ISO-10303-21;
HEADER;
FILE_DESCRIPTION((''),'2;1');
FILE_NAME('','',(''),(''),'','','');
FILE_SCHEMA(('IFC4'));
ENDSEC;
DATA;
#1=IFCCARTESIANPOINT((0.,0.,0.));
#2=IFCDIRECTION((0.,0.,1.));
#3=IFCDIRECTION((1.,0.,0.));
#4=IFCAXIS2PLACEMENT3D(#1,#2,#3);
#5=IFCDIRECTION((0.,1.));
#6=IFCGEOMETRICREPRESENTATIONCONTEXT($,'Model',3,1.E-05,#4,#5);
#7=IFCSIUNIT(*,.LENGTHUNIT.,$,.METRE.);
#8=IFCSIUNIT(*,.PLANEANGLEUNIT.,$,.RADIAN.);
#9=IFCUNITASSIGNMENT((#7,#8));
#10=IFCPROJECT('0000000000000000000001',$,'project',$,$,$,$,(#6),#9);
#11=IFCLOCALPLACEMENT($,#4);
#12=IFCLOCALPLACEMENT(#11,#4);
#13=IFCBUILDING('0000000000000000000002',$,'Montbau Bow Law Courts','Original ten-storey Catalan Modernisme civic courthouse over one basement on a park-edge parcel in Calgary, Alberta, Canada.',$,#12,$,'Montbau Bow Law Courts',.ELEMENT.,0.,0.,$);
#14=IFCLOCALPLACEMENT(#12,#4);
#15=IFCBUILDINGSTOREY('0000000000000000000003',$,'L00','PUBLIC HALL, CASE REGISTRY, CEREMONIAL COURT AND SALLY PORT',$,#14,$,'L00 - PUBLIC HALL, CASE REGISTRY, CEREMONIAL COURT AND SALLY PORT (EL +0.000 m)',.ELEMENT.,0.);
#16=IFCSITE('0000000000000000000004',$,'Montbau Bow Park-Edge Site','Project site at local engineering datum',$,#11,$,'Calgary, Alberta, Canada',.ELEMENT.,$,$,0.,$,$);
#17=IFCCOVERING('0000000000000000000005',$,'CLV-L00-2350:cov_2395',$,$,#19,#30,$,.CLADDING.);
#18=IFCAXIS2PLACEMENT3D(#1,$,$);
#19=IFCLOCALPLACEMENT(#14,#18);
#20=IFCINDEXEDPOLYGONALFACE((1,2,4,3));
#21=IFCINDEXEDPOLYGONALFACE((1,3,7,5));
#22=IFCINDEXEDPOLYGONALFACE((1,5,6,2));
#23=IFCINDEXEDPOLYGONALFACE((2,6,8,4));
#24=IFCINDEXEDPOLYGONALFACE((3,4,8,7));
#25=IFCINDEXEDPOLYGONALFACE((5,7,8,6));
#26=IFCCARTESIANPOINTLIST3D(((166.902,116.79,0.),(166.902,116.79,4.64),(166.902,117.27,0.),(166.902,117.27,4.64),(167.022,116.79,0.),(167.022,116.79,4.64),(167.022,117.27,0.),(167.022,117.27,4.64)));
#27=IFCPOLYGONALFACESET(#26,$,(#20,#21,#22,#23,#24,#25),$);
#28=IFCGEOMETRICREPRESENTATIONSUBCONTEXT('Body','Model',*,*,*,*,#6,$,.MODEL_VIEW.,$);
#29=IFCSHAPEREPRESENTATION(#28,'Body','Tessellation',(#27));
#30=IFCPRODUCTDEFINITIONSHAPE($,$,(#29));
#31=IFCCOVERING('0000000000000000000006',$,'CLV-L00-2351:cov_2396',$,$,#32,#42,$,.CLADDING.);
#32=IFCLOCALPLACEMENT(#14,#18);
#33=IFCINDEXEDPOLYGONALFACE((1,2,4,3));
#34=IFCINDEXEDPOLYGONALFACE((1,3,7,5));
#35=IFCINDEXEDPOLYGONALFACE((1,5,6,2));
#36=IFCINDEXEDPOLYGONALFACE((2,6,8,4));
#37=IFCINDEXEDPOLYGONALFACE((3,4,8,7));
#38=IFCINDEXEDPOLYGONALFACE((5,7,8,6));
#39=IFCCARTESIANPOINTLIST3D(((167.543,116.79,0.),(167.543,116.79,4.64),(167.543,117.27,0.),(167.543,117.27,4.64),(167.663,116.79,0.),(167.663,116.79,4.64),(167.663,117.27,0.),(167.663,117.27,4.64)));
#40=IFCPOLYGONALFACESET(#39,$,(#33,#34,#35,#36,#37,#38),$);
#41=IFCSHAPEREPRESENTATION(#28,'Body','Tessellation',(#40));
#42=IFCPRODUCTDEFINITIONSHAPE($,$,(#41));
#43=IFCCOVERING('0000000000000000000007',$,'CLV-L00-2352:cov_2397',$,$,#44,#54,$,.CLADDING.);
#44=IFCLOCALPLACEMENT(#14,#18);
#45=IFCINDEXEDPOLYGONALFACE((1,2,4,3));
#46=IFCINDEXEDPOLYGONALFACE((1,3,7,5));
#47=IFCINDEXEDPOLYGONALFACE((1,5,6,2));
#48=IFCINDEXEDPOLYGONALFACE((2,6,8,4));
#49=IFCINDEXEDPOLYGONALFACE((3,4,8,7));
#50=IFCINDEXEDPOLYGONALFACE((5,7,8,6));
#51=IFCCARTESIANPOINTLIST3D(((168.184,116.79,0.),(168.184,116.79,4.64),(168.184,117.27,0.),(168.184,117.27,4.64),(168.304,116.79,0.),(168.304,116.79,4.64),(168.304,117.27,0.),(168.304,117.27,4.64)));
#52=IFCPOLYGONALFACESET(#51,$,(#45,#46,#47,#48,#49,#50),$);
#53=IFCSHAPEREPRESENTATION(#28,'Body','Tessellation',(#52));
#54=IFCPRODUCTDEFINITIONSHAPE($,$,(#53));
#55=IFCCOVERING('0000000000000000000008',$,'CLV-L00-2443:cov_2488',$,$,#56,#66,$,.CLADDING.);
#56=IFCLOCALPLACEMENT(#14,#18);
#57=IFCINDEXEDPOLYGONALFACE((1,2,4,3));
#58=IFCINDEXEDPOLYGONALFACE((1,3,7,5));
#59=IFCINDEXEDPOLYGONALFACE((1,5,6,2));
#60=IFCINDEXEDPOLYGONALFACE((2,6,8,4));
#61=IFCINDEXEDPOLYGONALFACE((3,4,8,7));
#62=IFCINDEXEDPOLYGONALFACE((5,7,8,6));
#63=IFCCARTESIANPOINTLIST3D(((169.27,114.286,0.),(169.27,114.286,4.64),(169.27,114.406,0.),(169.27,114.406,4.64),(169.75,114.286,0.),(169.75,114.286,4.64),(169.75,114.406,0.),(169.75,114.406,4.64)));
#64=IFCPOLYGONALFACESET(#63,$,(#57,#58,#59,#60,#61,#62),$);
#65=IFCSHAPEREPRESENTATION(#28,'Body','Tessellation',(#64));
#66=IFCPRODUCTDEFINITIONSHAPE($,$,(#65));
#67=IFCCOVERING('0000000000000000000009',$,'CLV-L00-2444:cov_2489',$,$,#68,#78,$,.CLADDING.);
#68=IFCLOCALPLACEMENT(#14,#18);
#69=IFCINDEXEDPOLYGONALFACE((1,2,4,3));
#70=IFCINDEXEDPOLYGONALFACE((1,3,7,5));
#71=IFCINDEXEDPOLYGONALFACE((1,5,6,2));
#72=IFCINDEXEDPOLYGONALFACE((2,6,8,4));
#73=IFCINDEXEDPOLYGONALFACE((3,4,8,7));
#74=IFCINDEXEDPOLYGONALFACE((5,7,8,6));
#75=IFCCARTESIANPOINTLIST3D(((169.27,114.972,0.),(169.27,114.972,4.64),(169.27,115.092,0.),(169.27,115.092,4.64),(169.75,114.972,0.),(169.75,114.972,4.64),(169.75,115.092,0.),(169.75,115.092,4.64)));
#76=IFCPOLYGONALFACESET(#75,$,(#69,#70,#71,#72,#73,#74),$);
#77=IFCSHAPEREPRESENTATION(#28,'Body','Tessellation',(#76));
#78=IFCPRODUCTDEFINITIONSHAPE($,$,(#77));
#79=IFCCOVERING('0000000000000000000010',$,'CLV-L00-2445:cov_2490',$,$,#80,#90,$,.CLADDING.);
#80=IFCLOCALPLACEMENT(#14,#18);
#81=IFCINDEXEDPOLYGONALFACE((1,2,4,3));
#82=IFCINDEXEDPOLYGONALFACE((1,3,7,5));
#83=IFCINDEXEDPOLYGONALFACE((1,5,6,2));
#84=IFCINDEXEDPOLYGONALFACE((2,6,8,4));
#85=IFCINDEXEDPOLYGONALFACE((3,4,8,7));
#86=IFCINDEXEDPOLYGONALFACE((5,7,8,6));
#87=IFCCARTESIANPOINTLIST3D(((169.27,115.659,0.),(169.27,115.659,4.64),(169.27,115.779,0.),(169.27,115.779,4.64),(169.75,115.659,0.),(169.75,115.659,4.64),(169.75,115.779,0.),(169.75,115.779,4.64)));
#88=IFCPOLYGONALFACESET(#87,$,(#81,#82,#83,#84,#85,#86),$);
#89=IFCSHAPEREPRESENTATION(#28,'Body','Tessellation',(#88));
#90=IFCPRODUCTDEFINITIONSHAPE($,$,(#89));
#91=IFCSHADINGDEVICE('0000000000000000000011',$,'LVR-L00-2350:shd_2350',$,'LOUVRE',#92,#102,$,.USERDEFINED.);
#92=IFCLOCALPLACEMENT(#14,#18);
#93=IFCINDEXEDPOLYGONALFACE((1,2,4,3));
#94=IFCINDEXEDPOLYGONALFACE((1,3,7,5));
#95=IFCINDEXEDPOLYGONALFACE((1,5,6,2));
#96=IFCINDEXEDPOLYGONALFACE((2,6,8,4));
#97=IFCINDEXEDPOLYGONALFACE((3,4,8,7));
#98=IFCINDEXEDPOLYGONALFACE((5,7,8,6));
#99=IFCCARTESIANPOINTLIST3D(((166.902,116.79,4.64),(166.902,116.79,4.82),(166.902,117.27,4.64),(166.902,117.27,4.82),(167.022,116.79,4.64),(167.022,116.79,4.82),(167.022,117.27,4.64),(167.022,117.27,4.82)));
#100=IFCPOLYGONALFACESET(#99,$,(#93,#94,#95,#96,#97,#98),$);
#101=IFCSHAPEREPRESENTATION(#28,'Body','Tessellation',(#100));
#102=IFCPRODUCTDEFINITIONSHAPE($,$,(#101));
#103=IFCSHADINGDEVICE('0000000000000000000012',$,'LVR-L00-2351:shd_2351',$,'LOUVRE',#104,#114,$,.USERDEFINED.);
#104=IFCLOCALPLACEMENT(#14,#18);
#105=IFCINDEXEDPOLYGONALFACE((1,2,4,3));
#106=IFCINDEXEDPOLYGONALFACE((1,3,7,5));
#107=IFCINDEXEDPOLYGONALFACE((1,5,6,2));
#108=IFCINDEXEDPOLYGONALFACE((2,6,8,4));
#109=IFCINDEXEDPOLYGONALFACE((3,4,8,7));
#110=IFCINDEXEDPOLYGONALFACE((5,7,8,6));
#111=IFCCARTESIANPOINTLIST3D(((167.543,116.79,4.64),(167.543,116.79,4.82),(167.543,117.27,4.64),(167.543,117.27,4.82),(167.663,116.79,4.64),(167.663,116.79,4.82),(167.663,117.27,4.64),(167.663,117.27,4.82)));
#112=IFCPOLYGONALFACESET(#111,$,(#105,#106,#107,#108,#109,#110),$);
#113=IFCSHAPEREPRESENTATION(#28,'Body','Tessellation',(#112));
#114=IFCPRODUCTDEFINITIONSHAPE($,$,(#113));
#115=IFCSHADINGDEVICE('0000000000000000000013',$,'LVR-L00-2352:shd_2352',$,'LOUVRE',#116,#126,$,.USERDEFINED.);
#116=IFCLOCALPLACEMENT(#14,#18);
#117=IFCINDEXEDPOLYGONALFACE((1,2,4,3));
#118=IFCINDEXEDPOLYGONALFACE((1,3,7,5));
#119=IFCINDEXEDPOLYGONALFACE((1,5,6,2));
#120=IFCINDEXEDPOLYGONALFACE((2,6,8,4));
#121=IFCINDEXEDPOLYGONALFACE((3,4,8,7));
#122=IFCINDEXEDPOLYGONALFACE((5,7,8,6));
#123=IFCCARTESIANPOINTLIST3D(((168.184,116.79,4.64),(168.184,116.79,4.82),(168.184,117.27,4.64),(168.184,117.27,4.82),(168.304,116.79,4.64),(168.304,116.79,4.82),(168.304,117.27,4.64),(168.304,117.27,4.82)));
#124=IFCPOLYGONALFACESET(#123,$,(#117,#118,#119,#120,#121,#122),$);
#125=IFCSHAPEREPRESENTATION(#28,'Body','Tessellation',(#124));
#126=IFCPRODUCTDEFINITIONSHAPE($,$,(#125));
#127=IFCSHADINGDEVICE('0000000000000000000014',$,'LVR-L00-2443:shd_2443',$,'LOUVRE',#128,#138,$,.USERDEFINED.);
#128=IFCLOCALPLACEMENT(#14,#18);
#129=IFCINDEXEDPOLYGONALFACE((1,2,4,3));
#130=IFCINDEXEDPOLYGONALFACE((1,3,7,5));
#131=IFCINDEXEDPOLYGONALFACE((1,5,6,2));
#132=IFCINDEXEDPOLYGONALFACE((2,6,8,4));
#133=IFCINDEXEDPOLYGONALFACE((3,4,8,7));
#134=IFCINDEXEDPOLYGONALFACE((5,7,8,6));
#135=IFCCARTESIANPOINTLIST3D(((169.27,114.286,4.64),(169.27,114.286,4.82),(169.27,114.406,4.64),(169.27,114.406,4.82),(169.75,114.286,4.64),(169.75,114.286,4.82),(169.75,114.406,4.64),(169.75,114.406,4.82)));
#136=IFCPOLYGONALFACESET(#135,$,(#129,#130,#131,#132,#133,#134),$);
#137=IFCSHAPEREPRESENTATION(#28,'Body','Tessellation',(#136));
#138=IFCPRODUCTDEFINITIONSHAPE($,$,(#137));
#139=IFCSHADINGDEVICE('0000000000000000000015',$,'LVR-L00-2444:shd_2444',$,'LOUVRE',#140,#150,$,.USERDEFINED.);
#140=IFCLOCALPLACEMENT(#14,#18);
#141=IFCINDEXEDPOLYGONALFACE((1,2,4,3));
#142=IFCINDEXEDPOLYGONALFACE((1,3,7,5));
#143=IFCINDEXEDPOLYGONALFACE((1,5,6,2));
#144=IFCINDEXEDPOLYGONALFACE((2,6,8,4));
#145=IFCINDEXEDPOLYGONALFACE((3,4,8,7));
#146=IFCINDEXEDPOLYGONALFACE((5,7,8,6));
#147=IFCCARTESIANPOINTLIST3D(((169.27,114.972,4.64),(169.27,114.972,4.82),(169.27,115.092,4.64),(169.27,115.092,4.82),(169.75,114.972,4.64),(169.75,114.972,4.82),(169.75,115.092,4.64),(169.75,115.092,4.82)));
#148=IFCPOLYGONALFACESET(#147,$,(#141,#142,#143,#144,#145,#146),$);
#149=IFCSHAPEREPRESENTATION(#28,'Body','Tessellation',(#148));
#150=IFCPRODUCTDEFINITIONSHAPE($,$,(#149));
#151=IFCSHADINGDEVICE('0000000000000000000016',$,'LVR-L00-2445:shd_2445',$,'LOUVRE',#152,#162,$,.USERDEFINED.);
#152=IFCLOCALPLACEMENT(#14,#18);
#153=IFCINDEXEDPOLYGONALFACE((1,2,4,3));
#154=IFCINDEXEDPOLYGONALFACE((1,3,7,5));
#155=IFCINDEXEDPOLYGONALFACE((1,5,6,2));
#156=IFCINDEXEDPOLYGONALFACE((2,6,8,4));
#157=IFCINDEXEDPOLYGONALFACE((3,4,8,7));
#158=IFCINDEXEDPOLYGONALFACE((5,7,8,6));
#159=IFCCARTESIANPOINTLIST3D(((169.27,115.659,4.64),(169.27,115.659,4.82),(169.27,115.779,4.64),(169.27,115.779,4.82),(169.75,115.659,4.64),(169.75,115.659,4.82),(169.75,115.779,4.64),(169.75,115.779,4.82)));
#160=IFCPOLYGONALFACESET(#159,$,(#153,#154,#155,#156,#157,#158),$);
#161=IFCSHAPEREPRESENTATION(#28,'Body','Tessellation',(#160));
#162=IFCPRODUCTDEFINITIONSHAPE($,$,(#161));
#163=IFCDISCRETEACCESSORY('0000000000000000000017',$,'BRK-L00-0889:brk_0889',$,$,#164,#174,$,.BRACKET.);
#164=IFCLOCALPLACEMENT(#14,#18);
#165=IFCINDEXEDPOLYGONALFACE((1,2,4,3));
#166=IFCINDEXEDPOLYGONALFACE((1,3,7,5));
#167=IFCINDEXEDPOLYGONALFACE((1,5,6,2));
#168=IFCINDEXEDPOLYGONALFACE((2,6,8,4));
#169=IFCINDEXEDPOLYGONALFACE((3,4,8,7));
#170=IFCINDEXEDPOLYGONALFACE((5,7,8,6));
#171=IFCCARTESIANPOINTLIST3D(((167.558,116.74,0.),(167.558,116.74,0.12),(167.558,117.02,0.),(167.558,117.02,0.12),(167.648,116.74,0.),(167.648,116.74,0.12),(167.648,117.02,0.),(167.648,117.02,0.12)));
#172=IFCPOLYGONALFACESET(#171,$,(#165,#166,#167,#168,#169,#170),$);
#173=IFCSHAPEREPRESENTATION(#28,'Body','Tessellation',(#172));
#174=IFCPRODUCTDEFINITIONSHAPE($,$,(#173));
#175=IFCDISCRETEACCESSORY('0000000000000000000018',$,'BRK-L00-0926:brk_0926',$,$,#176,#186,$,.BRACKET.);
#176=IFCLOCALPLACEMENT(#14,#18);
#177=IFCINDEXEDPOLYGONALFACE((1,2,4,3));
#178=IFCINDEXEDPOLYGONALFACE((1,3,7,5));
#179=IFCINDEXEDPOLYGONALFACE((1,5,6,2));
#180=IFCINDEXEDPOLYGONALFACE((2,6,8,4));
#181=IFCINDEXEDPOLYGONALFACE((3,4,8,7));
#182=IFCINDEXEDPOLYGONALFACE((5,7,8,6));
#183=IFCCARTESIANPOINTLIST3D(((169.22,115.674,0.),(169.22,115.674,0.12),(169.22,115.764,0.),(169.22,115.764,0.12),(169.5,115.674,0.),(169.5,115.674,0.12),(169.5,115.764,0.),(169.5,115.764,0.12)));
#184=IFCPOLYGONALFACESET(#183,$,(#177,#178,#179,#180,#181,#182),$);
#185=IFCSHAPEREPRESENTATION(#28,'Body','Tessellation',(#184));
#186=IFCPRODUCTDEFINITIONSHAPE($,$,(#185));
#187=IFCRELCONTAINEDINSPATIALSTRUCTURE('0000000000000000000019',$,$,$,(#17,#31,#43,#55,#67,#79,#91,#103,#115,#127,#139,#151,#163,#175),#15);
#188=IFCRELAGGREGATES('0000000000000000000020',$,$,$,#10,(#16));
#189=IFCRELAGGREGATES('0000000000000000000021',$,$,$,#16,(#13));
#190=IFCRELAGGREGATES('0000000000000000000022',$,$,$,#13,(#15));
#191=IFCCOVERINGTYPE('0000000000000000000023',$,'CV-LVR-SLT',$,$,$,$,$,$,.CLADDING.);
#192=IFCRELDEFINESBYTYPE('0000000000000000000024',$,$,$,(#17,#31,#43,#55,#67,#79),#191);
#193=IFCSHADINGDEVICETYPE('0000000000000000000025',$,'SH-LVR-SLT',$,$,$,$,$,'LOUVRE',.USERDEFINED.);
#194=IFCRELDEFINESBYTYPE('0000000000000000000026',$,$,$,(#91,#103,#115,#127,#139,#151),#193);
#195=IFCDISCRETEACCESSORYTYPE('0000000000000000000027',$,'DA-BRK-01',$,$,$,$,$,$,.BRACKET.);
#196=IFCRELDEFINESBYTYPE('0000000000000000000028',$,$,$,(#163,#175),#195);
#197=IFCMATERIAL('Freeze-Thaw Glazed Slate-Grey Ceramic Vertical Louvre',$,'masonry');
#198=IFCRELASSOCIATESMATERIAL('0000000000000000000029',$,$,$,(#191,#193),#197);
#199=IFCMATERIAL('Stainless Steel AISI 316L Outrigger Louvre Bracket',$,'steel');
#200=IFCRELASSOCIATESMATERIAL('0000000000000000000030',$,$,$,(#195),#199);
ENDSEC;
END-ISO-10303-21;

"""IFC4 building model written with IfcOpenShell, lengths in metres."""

from ifc_helpers import new_model, si_unit, direction, frame, frame_2d, origin_with_axes, origin_2d_with_axis, place, context, subcontext, project, spatial, rectangle, extrude, material, type_object, element, save


model = new_model("IFC4")

# Units and contexts
model_context = context("Model", 3, precision=1e-05, world=origin_with_axes(), true_north=direction((0.0, 1.0)))
body_context = subcontext(model_context, "Body", "Model", "MODEL_VIEW")
ifc_project = project(units=[si_unit("LENGTHUNIT", "METRE"), si_unit("PLANEANGLEUNIT", "RADIAN")], contexts=[model_context])

# Site, building, storey
site_placement = place(None, origin_with_axes())
site = spatial("IfcSite", under=ifc_project, at=site_placement, Name="Montbau Bow Park-Edge Site", Description="Project site at local engineering datum", LongName="Calgary, Alberta, Canada", CompositionType="ELEMENT", RefElevation=0.0)
building_placement = place(site_placement, origin_with_axes())
building = spatial("IfcBuilding", under=site, at=building_placement, Name="Montbau Bow Law Courts", Description="Original ten-storey Catalan Modernisme civic courthouse over one basement on a park-edge parcel in Calgary, Alberta, Canada.", LongName="Montbau Bow Law Courts", CompositionType="ELEMENT", ElevationOfRefHeight=0.0, ElevationOfTerrain=0.0)
storey_placement = place(building_placement, origin_with_axes())
storey = spatial("IfcBuildingStorey", under=building, at=storey_placement, Name="L00", Description="PUBLIC HALL, CASE REGISTRY, CEREMONIAL COURT AND SALLY PORT", LongName="L00 - PUBLIC HALL, CASE REGISTRY, CEREMONIAL COURT AND SALLY PORT (EL +0.000 m)", CompositionType="ELEMENT", Elevation=0.0)

# Coverings
ifc_material_1 = material(Name="Freeze-Thaw Glazed Slate-Grey Ceramic Vertical Louvre", Category="masonry")
covering_type = type_object("IfcCoveringType", Name="CV-LVR-SLT", PredefinedType="CLADDING", material=ifc_material_1)
for number, where, z_axis, x_axis, name in (
    (1, (166.962, 116.79, 0.0), (1.0, 0.0, 0.0), (0.0, 1.0, 0.0), "CLV-L00-2350:cov_2395"),
    (2, (167.603, 116.79, 0.0), (1.0, 0.0, 0.0), (0.0, 1.0, 0.0), "CLV-L00-2351:cov_2396"),
    (3, (168.244, 116.79, 0.0), (1.0, 0.0, 0.0), (0.0, 1.0, 0.0), "CLV-L00-2352:cov_2397"),
    (4, (169.27, 114.346, 0.0), (0.0, -1.0, 0.0), (1.0, 0.0, 0.0), "CLV-L00-2443:cov_2488"),
    (5, (169.27, 115.032, 0.0), (0.0, -1.0, 0.0), (1.0, 0.0, 0.0), "CLV-L00-2444:cov_2489"),
    (6, (169.27, 115.719, 0.0), (0.0, -1.0, 0.0), (1.0, 0.0, 0.0), "CLV-L00-2445:cov_2490"),
):
    element("IfcCovering", number, at=place(None, frame(where, z_axis=z_axis, x_axis=x_axis)), inside=storey, type_object=covering_type, Name=name, PredefinedType="CLADDING", context=body_context, shape_type="SweptSolid", body=[
        extrude(rectangle(XDim=0.48, YDim=4.64, at=frame_2d((0.24, 2.32), x_axis=(1.0, 0.0))), frame((0.0, 0.0, -0.06), z_axis=(0.0, 0.0, 1.0), x_axis=(1.0, 0.0, 0.0)), (0.0, 0.0, 1.0), 0.12),
    ])

# Shading devices
shading_device_type = type_object("IfcShadingDeviceType", Name="SH-LVR-SLT", ElementType="LOUVRE", PredefinedType="USERDEFINED", material=ifc_material_1)
for number, where, z_axis, x_axis, name in (
    (7, (166.962, 117.03, 4.64), (0.0, 0.0, 1.0), (0.0, 1.0, 0.0), "LVR-L00-2350:shd_2350"),
    (8, (167.603, 117.03, 4.64), (0.0, 0.0, 1.0), (0.0, 1.0, 0.0), "LVR-L00-2351:shd_2351"),
    (9, (168.244, 117.03, 4.64), (0.0, 0.0, 1.0), (0.0, 1.0, 0.0), "LVR-L00-2352:shd_2352"),
    (10, (169.51, 114.346, 4.64), (0.0, 0.0, 1.0), (1.0, 0.0, 0.0), "LVR-L00-2443:shd_2443"),
    (11, (169.51, 115.032, 4.64), (0.0, 0.0, 1.0), (1.0, 0.0, 0.0), "LVR-L00-2444:shd_2444"),
    (12, (169.51, 115.719, 4.64), (0.0, 0.0, 1.0), (1.0, 0.0, 0.0), "LVR-L00-2445:shd_2445"),
):
    element("IfcShadingDevice", number, at=place(None, frame(where, z_axis=z_axis, x_axis=x_axis)), inside=storey, type_object=shading_device_type, Name=name, ObjectType="LOUVRE", PredefinedType="USERDEFINED", context=body_context, shape_type="SweptSolid", body=[
        extrude(rectangle(XDim=0.48, YDim=0.12, at=origin_2d_with_axis()), origin_with_axes(), (0.0, 0.0, 1.0), 0.18),
    ])

# Discrete accessories
ifc_material_2 = material(Name="Stainless Steel AISI 316L Outrigger Louvre Bracket", Category="steel")
discrete_accessory_type = type_object("IfcDiscreteAccessoryType", Name="DA-BRK-01", PredefinedType="BRACKET", material=ifc_material_2)
for number, where, z_axis, x_axis, name in (
    (13, (167.603, 116.88, 0.0), (0.0, 0.0, 1.0), (0.0, 1.0, 0.0), "BRK-L00-0889:brk_0889"),
    (14, (169.36, 115.719, 0.0), (0.0, 0.0, 1.0), (1.0, 0.0, 0.0), "BRK-L00-0926:brk_0926"),
):
    element("IfcDiscreteAccessory", number, at=place(None, frame(where, z_axis=z_axis, x_axis=x_axis)), inside=storey, type_object=discrete_accessory_type, Name=name, PredefinedType="BRACKET", context=body_context, shape_type="SweptSolid", body=[
        extrude(rectangle(XDim=0.28, YDim=0.09, at=origin_2d_with_axis()), origin_with_axes(), (0.0, 0.0, 1.0), 0.12),
    ])

save(model, "model.ifc")
